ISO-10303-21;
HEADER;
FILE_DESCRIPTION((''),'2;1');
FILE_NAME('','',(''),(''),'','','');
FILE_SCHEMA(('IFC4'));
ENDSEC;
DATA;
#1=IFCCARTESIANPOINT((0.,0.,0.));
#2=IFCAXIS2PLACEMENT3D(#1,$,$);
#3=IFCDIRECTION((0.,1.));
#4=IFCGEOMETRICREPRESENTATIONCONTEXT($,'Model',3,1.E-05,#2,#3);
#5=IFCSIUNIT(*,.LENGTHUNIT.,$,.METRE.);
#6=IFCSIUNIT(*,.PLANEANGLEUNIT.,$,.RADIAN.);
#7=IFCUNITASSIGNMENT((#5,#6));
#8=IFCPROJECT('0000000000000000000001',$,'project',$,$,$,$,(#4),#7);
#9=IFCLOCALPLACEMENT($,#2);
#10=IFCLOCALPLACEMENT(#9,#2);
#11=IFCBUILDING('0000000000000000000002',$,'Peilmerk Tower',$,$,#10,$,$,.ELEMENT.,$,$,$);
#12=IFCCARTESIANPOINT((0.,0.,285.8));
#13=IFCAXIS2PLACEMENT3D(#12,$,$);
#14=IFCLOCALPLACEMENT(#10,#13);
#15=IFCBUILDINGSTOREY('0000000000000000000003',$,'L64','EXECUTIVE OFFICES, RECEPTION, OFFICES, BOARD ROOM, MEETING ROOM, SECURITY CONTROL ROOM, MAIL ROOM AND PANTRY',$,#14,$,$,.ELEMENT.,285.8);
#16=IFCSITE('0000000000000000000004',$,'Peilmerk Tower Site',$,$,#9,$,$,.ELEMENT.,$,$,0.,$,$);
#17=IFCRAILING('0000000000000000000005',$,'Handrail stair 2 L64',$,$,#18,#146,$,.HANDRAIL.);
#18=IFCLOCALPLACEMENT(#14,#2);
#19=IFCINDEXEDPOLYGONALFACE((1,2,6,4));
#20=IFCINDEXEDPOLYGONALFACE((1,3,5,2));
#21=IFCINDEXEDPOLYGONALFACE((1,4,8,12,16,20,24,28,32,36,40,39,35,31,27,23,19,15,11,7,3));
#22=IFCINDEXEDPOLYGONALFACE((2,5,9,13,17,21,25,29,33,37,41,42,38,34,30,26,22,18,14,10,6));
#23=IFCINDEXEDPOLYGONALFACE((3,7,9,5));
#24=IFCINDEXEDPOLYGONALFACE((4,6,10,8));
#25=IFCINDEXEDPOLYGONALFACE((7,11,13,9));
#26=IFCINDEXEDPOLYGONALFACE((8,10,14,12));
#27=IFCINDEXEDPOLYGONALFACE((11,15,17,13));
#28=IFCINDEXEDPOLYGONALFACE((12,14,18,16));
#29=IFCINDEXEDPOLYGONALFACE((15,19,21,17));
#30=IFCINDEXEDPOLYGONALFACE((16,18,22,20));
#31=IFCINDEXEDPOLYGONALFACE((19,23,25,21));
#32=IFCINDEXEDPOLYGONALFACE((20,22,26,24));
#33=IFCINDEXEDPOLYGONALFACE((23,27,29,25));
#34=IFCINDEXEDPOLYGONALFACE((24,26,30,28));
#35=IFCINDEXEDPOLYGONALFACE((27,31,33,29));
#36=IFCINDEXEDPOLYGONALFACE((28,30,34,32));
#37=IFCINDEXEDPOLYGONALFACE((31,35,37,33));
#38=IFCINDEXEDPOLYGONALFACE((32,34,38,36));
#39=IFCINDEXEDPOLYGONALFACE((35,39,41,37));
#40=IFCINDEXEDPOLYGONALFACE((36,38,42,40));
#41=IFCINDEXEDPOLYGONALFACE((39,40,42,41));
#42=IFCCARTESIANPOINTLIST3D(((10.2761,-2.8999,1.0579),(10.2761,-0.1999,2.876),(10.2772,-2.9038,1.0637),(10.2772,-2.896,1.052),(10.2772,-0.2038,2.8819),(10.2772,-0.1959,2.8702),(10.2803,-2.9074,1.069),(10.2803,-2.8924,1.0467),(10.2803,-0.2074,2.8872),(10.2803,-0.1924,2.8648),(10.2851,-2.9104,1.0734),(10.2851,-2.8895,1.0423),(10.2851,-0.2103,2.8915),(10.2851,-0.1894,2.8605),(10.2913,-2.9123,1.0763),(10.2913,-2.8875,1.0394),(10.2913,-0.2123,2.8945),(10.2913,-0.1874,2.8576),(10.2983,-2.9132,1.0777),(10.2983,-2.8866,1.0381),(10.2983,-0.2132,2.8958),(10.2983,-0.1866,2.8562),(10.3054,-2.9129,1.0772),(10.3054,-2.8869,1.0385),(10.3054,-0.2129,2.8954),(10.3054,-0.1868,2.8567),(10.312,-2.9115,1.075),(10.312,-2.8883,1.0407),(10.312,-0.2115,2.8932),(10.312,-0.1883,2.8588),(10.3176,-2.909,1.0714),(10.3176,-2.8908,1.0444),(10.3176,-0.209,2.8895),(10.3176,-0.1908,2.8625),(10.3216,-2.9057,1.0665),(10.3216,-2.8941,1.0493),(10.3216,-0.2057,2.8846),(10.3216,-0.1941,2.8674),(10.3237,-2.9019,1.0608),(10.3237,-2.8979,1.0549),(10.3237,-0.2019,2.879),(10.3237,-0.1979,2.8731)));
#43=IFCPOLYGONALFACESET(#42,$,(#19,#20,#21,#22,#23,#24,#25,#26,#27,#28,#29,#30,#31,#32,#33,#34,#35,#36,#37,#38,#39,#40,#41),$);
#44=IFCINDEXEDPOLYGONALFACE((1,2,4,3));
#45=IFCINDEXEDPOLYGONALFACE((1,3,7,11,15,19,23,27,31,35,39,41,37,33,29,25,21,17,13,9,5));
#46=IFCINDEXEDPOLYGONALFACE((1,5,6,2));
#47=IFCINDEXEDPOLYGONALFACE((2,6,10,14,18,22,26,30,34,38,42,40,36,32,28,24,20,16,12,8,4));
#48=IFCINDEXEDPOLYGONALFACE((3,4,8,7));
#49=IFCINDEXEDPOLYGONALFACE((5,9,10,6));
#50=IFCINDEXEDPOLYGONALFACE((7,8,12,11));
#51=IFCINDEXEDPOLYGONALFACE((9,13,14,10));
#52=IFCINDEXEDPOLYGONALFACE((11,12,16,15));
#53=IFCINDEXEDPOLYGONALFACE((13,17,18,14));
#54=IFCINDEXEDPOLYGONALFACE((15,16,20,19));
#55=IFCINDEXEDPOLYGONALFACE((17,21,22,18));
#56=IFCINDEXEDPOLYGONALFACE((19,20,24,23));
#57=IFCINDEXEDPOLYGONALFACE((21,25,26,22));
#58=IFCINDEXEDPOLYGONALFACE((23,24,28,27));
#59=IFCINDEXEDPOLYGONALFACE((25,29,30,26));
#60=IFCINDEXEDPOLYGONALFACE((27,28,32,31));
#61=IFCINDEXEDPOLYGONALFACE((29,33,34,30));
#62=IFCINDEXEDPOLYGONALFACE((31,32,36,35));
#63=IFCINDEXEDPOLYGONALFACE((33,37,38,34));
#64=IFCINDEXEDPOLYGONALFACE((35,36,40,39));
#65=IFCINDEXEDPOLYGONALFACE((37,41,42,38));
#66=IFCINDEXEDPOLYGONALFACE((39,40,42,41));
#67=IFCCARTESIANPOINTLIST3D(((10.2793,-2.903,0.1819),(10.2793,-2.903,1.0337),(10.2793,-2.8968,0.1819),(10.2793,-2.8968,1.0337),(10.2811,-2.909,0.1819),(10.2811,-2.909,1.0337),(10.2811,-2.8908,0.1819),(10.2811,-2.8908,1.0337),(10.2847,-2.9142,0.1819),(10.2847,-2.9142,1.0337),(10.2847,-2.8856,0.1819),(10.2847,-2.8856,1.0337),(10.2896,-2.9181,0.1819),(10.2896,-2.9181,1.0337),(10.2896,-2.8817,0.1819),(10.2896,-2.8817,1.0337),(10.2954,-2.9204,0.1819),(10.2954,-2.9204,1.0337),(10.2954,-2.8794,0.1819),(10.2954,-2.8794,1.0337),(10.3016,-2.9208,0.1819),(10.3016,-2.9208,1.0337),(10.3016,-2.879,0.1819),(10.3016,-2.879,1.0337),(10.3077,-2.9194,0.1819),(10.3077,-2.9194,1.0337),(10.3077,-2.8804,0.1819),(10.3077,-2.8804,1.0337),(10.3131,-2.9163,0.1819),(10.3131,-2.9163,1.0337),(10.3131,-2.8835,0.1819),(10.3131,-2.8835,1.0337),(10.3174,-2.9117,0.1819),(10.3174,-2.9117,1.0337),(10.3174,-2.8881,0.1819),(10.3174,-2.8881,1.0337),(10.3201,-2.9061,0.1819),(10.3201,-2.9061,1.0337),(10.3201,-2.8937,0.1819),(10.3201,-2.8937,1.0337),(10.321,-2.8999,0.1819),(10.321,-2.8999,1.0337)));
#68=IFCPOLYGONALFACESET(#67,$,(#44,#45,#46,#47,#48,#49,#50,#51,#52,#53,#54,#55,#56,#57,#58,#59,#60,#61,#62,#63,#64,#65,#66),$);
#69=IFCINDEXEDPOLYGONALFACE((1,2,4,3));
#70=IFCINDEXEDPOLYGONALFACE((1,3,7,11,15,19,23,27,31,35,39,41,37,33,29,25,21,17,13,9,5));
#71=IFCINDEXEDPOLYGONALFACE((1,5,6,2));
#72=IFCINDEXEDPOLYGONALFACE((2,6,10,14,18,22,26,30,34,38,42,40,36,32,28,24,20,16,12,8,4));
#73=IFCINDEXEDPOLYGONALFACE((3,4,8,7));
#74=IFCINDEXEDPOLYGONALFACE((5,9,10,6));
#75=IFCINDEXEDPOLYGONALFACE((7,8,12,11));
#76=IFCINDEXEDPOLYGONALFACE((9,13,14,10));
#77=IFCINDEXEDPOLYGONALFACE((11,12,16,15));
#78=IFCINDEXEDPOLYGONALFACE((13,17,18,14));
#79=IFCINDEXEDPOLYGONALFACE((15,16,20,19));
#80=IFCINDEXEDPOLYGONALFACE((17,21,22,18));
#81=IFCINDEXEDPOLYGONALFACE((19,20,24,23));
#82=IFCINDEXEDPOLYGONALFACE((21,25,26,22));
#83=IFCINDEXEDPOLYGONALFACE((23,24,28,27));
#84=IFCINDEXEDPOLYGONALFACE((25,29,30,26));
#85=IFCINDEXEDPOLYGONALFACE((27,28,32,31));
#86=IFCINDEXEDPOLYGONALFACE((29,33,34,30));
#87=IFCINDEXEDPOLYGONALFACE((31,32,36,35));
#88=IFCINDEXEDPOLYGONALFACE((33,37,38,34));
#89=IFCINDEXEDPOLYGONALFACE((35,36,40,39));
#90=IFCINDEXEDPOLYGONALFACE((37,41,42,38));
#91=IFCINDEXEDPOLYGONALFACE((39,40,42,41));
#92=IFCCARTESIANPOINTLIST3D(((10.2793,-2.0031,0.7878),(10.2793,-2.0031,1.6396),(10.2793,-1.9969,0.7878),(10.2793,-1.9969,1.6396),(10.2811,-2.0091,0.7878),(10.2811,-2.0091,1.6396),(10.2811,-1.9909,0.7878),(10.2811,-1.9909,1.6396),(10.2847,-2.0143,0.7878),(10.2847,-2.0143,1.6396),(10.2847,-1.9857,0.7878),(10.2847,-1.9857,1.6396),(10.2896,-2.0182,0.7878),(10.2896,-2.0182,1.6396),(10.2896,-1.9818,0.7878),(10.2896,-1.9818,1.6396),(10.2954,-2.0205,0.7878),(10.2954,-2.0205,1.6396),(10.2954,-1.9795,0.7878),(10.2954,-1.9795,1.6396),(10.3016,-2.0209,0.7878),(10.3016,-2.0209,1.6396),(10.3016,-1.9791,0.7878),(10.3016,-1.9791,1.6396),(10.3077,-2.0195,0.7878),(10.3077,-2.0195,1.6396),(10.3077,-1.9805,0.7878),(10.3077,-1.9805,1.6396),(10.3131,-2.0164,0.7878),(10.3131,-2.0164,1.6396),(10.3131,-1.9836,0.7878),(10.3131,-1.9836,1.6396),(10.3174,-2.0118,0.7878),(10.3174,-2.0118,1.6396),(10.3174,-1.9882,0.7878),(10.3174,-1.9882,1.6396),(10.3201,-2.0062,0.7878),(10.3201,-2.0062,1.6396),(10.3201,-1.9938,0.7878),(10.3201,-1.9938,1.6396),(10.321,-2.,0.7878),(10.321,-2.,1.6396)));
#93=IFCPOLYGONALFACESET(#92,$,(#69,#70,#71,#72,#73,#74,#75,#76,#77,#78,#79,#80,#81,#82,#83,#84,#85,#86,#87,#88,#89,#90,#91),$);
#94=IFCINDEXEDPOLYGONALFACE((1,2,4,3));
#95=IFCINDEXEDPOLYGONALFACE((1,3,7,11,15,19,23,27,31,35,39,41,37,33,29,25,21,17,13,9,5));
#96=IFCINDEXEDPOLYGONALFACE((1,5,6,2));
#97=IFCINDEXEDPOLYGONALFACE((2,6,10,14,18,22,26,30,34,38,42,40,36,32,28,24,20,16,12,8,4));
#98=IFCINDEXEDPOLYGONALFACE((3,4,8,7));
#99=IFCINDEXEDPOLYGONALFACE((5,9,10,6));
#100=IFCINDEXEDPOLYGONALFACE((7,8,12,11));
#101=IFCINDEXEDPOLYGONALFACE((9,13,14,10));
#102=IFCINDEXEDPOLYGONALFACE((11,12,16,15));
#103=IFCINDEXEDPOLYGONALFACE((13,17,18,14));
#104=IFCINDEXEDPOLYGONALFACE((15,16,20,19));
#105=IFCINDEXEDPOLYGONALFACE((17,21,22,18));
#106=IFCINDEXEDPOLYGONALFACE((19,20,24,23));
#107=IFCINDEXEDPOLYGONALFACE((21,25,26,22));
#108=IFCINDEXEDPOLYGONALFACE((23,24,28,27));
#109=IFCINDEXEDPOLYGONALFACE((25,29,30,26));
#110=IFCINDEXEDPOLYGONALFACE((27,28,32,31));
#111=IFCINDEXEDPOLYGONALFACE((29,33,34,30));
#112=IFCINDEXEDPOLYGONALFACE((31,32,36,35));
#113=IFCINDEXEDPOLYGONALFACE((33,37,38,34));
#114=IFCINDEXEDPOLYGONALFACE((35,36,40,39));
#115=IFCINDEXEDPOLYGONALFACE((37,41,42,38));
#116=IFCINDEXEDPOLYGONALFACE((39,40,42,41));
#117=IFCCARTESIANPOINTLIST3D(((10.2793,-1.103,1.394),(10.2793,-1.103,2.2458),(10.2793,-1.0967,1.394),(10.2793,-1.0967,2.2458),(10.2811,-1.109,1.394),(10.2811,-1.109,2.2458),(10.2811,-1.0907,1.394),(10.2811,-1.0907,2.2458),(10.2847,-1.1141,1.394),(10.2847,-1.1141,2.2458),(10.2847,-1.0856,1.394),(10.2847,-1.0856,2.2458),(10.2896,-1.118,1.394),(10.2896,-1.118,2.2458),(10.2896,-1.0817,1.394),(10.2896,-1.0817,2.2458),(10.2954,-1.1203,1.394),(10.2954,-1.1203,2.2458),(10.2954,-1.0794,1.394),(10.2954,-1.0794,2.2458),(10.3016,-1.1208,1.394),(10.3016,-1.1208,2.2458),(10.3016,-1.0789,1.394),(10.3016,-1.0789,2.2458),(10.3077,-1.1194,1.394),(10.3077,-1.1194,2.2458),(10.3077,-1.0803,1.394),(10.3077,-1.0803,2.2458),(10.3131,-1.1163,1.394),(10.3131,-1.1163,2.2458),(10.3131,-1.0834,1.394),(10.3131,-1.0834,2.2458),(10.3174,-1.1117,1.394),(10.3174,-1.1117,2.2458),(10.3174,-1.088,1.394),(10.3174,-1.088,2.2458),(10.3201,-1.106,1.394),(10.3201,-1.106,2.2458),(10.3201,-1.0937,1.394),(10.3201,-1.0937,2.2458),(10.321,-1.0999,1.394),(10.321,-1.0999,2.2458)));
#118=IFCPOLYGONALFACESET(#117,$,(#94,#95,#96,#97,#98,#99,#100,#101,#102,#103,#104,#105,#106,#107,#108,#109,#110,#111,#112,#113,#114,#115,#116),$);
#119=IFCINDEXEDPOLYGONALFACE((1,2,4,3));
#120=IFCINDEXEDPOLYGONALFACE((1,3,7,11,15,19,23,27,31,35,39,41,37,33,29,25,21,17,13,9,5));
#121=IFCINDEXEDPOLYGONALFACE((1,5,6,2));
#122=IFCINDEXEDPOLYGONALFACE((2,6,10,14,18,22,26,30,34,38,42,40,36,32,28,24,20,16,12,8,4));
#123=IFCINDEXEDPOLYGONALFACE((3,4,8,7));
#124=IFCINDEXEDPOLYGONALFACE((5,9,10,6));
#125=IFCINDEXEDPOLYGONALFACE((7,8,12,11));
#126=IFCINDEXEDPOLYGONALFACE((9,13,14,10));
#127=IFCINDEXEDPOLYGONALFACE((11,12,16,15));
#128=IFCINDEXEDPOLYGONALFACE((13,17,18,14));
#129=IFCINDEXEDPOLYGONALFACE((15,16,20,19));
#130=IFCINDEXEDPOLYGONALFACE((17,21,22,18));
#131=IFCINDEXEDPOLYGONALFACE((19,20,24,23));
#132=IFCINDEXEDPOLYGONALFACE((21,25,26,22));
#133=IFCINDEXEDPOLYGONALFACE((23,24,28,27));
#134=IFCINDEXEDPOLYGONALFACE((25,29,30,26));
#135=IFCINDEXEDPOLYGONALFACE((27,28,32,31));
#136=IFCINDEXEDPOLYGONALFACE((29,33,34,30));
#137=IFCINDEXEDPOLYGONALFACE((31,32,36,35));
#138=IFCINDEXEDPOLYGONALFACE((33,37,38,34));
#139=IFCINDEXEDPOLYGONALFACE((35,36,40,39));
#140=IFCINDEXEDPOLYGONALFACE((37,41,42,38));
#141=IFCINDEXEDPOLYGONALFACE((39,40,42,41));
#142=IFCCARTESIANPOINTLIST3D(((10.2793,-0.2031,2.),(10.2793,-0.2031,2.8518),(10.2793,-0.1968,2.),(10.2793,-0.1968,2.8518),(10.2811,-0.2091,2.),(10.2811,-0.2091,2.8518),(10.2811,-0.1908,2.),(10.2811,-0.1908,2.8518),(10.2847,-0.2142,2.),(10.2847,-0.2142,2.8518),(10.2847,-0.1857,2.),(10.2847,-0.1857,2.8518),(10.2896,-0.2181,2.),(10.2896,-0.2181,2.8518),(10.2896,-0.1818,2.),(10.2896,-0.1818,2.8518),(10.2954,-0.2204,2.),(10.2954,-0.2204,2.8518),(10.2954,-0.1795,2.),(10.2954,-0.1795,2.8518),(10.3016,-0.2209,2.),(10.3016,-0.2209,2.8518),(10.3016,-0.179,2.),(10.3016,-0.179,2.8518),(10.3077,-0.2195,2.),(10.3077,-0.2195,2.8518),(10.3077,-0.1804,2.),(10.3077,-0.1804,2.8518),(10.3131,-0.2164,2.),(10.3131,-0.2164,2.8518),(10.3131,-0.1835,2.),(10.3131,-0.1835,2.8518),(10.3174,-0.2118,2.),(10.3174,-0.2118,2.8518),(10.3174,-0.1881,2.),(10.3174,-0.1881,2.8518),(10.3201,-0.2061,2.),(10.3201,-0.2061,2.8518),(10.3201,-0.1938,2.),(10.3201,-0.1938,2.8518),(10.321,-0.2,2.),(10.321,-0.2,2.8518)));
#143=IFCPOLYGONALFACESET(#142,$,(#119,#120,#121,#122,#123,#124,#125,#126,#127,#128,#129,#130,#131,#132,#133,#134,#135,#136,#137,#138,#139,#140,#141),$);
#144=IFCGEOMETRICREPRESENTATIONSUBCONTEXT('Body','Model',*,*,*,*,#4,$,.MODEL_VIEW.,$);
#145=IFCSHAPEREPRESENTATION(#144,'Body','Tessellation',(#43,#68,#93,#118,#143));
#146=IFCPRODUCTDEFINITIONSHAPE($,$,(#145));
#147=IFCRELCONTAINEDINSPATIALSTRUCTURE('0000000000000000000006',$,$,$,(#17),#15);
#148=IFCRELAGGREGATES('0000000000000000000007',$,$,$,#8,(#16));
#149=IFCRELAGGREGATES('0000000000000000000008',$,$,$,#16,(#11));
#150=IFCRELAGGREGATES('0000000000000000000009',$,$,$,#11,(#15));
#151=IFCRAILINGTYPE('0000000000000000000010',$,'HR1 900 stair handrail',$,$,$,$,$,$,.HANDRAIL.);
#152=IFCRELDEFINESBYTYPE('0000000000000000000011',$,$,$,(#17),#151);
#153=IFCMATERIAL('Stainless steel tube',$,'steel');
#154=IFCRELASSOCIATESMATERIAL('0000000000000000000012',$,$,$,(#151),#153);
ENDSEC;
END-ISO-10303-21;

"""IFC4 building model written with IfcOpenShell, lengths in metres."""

from ifc_helpers import new_model, si_unit, direction, frame, origin, origin_2d, place, context, subcontext, project, spatial, circle, extrude, material, type_object, element, save


model = new_model("IFC4")

# Units and contexts
model_context = context("Model", 3, precision=1e-05, world=origin(), true_north=direction((0.0, 1.0)))
body_context = subcontext(model_context, "Body", "Model", "MODEL_VIEW")
ifc_project = project(units=[si_unit("LENGTHUNIT", "METRE"), si_unit("PLANEANGLEUNIT", "RADIAN")], contexts=[model_context])

# Site, building, storey
site_placement = place(None, origin())
site = spatial("IfcSite", under=ifc_project, at=site_placement, Name="Peilmerk Tower Site", CompositionType="ELEMENT", RefElevation=0.0)
building_placement = place(site_placement, origin())
building = spatial("IfcBuilding", under=site, at=building_placement, Name="Peilmerk Tower", CompositionType="ELEMENT")
storey_placement = place(building_placement, frame((0.0, 0.0, 285.8)))
storey = spatial("IfcBuildingStorey", under=building, at=storey_placement, Name="L64", Description="EXECUTIVE OFFICES, RECEPTION, OFFICES, BOARD ROOM, MEETING ROOM, SECURITY CONTROL ROOM, MAIL ROOM AND PANTRY", CompositionType="ELEMENT", Elevation=285.8)

# Railing
ifc_material_1 = material(Name="Stainless steel tube", Category="steel")
railing_type_1 = type_object("IfcRailingType", Name="HR1 900 stair handrail", PredefinedType="HANDRAIL", material=ifc_material_1)
railing_1_placement = place(storey_placement, frame((10.3, -2.8999, 0.1819)))
element("IfcRailing", 1, at=railing_1_placement, inside=storey, type_object=railing_type_1, Name="Handrail stair 2 L64", PredefinedType="HANDRAIL", context=body_context, shape_type="SweptSolid", body=[
    extrude(circle(Radius=0.0239, at=origin_2d()), frame((0.0, 0.0, 0.876), z_axis=(0.0, 0.829468, 0.558554), x_axis=(-1.0, 0.0, 0.0)), (0.0, 0.0, 1.0), 3.2551),
    extrude(circle(Radius=0.021, at=origin_2d()), origin(), (0.0, 0.0, 1.0), 0.8518),
    extrude(circle(Radius=0.021, at=origin_2d()), frame((0.0, 0.8999, 0.606)), (0.0, 0.0, 1.0), 0.8518),
    extrude(circle(Radius=0.021, at=origin_2d()), frame((0.0, 1.8, 1.2122)), (0.0, 0.0, 1.0), 0.8518),
    extrude(circle(Radius=0.021, at=origin_2d()), frame((0.0, 2.7, 1.8181)), (0.0, 0.0, 1.0), 0.8518),
])

save(model, "model.ifc")
